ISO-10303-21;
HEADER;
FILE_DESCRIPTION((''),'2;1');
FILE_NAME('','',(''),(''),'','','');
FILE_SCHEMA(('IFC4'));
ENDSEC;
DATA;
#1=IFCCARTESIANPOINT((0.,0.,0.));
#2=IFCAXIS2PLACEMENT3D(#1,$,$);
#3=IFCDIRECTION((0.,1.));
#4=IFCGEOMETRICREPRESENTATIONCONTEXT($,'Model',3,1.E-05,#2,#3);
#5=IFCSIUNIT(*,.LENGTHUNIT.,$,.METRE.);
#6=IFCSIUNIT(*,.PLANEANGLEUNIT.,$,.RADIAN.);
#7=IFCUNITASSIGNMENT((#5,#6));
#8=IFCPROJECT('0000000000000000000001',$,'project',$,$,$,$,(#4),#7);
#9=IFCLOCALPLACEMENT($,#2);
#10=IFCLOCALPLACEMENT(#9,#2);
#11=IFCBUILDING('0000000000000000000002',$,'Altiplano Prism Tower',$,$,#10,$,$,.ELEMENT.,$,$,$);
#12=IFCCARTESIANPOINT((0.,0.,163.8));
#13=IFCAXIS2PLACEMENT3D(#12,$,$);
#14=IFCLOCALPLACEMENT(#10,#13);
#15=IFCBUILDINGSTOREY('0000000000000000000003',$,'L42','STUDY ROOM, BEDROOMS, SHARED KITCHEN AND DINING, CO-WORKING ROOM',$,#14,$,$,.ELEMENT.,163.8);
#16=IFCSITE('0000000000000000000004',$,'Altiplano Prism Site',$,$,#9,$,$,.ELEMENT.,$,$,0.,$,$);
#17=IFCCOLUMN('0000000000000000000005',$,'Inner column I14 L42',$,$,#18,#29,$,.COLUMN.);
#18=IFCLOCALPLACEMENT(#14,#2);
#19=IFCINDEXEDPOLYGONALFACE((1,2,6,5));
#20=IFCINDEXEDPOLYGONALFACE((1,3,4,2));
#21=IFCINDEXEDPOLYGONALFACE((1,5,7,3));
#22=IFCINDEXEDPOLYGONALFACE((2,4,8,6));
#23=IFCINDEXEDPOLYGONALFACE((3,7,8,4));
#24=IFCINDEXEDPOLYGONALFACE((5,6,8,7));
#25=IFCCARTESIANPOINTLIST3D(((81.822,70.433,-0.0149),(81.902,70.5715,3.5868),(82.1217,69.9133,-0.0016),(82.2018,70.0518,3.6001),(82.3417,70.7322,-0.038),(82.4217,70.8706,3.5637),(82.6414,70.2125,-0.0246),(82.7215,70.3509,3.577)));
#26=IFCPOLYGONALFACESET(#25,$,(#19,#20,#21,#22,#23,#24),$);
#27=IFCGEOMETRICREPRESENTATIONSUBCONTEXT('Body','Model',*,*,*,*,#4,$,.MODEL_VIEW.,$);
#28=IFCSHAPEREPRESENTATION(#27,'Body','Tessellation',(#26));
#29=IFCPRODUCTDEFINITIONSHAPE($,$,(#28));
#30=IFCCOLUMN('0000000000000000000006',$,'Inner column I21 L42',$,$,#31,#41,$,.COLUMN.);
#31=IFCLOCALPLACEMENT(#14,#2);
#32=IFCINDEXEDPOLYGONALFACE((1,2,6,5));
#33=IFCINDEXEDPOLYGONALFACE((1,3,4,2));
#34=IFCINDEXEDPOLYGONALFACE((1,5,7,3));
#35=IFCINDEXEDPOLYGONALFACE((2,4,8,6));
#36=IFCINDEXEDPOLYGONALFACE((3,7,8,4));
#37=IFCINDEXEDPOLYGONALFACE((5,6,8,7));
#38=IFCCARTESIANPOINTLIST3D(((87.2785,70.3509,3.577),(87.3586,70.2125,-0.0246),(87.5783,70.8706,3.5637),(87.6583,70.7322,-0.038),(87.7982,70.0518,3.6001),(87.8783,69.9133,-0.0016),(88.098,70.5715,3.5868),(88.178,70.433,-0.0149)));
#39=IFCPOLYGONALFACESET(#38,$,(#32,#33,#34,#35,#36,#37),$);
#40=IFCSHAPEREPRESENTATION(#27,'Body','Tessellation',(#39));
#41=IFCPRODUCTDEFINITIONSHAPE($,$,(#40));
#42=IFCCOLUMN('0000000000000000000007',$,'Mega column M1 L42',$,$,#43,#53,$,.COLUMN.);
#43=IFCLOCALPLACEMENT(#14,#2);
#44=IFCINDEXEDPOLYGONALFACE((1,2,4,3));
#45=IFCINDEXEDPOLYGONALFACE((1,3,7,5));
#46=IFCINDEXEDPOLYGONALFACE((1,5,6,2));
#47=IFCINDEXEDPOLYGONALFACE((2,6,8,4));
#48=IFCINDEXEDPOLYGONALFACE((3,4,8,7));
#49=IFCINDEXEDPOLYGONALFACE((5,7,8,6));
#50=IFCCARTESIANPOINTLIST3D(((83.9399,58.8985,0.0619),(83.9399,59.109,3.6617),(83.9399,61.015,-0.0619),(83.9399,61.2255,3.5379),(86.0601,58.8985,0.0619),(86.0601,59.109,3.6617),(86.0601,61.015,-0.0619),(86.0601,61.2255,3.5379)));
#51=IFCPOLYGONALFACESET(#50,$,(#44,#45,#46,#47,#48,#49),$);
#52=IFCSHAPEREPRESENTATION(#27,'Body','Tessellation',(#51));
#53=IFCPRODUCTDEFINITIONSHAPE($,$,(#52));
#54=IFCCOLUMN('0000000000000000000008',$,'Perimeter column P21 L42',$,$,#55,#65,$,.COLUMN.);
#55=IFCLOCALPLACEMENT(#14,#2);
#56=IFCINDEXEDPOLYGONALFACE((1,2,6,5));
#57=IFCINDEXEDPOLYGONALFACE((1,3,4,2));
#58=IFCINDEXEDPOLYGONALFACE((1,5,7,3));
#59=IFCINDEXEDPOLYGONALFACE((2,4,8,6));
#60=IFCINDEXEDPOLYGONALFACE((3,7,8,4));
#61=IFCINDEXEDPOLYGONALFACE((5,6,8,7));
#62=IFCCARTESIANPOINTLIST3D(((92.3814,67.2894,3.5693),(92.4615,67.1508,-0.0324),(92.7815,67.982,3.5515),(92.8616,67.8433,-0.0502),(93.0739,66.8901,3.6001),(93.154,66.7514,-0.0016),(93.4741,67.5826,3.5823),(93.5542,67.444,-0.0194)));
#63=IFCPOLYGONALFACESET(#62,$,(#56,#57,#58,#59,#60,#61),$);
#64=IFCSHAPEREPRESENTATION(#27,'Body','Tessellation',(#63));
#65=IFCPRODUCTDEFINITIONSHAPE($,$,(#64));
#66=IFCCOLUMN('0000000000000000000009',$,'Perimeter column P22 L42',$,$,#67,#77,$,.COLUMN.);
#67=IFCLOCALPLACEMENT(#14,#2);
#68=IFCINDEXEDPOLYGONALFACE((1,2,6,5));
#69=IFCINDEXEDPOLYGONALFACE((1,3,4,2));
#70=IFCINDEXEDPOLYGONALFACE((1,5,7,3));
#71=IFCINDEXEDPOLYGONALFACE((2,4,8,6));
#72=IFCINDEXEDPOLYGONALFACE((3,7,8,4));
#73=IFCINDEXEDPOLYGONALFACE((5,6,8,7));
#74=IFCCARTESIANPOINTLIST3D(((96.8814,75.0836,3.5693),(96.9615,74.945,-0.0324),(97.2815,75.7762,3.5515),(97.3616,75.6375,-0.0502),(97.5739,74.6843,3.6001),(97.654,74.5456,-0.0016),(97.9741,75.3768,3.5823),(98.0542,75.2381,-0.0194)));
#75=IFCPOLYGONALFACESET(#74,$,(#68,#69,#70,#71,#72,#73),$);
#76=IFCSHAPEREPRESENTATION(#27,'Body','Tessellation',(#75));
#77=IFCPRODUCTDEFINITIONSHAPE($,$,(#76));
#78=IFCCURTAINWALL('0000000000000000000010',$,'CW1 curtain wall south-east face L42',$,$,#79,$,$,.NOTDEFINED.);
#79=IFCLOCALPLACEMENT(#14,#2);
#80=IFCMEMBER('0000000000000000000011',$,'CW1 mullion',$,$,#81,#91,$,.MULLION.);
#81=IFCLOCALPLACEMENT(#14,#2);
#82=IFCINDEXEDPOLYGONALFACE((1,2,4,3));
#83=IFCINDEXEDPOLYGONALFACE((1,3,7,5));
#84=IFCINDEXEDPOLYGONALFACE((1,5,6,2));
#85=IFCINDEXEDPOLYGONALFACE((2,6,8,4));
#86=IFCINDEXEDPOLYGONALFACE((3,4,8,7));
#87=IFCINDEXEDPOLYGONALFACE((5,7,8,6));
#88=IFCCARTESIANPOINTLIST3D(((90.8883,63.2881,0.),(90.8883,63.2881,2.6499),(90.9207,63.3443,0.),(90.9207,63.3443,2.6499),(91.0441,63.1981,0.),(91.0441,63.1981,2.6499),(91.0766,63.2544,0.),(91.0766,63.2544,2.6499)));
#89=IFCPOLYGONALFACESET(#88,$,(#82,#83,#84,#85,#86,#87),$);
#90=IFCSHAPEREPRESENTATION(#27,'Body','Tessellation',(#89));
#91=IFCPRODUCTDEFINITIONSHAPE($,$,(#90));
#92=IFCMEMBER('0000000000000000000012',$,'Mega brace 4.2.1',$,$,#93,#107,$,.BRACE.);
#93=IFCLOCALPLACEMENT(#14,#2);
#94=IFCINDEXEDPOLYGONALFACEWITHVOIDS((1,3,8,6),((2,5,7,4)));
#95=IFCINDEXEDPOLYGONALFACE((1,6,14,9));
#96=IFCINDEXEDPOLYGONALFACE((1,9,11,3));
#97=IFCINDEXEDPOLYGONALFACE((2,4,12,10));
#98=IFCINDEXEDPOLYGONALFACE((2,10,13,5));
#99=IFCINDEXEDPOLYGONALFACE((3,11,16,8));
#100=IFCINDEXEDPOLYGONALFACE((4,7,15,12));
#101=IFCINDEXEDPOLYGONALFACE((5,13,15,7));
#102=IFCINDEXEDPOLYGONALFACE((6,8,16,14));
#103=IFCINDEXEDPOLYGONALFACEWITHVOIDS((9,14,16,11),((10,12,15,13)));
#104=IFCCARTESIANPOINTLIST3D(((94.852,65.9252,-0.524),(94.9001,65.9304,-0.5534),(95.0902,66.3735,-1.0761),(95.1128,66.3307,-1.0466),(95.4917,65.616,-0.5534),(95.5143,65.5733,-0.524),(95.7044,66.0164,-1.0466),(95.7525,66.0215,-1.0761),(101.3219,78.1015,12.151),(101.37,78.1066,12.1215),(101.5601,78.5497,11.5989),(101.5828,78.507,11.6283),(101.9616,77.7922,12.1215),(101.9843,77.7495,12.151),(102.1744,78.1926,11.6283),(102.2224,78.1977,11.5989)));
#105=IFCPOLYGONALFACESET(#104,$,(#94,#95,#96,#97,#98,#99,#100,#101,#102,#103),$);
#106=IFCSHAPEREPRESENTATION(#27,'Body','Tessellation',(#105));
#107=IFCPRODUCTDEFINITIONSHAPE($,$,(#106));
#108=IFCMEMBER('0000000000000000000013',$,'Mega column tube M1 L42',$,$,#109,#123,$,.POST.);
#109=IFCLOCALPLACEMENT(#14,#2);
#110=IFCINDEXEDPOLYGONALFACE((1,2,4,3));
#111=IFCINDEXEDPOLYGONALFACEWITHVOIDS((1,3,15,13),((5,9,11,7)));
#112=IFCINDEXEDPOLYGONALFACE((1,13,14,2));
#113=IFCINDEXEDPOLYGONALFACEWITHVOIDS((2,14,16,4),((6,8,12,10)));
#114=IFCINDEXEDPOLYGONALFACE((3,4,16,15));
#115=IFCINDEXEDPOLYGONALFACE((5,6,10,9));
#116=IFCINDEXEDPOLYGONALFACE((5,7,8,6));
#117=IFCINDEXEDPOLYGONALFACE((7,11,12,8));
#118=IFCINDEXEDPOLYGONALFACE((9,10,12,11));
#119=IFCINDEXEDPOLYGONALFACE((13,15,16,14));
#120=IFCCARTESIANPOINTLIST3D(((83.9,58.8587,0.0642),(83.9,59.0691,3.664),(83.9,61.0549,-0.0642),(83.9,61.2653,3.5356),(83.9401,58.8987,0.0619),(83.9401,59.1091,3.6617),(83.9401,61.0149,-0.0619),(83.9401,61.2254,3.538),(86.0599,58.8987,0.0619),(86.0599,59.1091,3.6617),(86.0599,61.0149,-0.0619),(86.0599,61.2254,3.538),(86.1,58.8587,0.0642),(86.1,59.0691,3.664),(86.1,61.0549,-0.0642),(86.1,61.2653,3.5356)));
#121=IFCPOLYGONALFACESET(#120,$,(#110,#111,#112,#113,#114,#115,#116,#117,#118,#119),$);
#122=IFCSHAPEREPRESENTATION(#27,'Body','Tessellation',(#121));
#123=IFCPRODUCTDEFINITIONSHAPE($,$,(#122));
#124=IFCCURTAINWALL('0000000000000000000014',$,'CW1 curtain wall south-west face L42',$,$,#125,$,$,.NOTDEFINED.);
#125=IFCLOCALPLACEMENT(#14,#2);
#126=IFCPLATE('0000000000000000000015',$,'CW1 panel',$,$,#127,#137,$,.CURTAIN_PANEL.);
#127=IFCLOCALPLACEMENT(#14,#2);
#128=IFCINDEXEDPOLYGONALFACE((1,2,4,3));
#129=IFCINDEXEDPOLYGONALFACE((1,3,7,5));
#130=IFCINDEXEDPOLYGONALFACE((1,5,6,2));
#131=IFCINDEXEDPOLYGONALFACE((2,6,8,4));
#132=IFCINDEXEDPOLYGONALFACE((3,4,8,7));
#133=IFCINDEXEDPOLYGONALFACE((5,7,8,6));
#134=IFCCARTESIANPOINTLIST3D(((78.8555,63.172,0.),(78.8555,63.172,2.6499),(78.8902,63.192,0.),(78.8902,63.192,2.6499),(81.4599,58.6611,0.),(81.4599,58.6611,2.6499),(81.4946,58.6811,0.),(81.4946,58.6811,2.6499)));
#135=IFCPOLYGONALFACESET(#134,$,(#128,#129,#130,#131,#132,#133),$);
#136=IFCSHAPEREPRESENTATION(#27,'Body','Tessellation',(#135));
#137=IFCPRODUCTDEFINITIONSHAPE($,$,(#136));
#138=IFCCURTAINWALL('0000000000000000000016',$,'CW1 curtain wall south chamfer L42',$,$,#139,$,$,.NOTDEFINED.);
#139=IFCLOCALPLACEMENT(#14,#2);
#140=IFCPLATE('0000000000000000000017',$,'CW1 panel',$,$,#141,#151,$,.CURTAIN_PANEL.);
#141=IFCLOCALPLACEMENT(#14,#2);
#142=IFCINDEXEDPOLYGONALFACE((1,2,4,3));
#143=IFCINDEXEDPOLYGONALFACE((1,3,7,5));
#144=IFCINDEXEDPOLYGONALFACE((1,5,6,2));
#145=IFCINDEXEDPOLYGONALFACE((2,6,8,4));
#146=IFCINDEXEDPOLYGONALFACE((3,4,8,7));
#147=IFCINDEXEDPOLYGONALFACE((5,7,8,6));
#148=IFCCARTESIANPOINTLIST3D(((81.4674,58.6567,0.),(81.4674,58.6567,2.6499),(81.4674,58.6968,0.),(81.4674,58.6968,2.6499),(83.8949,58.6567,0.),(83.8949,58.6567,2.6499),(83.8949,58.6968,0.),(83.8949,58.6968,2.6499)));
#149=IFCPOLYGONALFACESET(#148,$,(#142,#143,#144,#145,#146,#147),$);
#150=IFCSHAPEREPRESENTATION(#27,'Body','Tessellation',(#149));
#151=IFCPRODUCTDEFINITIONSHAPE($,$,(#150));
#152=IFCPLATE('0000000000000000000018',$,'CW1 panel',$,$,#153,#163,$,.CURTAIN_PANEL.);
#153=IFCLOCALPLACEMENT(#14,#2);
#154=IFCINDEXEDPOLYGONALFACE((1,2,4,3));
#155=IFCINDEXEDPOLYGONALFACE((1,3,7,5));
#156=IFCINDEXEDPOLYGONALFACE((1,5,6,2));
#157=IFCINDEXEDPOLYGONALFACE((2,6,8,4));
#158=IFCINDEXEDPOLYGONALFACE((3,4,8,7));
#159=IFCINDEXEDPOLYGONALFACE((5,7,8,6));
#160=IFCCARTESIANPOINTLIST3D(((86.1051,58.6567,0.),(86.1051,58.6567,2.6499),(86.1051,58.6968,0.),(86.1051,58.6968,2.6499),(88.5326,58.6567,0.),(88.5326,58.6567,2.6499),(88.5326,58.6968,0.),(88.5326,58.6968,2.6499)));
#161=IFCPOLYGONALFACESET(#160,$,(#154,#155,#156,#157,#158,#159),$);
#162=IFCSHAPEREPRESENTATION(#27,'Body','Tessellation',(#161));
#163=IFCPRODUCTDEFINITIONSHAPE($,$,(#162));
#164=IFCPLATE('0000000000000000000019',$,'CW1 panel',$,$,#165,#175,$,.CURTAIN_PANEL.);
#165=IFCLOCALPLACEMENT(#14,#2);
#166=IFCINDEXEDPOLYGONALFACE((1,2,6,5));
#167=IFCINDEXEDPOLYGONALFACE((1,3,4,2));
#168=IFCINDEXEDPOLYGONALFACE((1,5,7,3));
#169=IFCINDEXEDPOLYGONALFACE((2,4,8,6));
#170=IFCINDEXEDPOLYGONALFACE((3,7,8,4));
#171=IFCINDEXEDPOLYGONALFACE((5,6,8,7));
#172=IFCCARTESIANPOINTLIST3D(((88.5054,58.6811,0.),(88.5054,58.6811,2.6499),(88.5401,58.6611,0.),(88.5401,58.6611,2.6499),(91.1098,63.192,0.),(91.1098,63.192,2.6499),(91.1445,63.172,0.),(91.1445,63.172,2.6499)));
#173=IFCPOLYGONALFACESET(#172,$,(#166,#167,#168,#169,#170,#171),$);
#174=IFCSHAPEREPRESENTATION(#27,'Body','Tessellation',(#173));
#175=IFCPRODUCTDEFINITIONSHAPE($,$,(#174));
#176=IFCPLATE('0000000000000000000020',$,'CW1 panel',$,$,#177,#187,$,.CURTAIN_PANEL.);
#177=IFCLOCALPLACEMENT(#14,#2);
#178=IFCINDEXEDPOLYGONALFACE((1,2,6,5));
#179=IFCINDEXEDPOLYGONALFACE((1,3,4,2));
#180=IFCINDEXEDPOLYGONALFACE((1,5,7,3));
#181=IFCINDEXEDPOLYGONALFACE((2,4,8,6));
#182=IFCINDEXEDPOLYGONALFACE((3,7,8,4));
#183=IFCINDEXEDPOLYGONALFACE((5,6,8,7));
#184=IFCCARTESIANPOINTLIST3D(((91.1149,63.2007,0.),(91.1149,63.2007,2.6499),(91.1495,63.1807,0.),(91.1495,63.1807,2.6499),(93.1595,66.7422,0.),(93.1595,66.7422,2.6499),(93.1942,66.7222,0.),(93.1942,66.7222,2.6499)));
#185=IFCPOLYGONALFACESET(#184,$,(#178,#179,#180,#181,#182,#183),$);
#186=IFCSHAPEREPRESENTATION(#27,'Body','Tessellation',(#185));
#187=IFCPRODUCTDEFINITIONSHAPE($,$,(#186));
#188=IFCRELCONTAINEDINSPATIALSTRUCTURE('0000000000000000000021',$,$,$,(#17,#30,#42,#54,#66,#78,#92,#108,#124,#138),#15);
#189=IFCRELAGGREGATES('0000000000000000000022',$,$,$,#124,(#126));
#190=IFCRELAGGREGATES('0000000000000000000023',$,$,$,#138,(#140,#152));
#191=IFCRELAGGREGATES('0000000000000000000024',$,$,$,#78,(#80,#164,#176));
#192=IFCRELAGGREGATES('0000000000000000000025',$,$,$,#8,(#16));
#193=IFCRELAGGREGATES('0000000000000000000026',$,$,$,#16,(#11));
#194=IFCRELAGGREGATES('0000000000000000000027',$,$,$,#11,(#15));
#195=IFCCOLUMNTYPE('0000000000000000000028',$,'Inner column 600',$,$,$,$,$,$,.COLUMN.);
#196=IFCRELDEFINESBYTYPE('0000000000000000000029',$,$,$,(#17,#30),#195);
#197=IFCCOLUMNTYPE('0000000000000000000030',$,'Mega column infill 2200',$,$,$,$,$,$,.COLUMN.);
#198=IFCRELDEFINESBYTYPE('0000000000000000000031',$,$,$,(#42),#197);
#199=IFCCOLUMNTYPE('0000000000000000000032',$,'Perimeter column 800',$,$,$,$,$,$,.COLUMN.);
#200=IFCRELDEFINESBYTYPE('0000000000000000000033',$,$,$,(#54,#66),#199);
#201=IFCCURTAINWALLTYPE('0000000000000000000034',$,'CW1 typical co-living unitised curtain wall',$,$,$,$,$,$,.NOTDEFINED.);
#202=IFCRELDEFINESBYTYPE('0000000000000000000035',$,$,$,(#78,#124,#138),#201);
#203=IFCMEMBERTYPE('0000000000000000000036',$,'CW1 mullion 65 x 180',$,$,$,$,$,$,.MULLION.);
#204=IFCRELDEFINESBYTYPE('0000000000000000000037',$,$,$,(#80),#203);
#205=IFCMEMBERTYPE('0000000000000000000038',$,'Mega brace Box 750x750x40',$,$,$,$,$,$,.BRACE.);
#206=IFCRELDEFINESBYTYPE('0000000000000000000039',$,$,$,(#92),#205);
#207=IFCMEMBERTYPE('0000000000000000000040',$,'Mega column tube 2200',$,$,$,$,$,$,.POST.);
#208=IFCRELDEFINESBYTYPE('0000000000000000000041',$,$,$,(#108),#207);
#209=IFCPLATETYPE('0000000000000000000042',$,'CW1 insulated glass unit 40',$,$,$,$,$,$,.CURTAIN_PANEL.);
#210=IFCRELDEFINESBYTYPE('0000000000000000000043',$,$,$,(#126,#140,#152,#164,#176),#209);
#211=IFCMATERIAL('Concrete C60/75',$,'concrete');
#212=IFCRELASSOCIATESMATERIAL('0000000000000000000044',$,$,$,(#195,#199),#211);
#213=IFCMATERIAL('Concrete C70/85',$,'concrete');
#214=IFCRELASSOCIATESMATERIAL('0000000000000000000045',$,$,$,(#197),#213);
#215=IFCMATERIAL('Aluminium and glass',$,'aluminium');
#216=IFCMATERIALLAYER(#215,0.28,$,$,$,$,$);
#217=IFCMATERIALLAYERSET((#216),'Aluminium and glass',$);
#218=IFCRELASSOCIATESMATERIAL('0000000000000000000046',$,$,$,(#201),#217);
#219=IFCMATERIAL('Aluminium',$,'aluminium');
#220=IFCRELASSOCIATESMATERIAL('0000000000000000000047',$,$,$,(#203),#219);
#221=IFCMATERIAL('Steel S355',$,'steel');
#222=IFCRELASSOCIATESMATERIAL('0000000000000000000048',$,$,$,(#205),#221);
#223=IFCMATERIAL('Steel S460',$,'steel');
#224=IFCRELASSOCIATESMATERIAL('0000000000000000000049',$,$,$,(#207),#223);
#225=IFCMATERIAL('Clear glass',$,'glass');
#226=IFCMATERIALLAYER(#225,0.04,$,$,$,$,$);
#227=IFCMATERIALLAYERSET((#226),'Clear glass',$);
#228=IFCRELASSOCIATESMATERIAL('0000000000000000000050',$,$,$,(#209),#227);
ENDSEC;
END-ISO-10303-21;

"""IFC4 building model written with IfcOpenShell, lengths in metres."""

from ifc_helpers import new_model, si_unit, direction, frame, origin, origin_2d, place, context, subcontext, project, spatial, rectangle, hollow_rectangle, extrude, material, layer, layer_set, material_profile, profile_set, type_object, element, aggregate, save


model = new_model("IFC4")

# Units and contexts
model_context = context("Model", 3, precision=1e-05, world=origin(), true_north=direction((0.0, 1.0)))
body_context = subcontext(model_context, "Body", "Model", "MODEL_VIEW")
ifc_project = project(units=[si_unit("LENGTHUNIT", "METRE"), si_unit("PLANEANGLEUNIT", "RADIAN")], contexts=[model_context])

# Site, building, storey
site_placement = place(None, origin())
site = spatial("IfcSite", under=ifc_project, at=site_placement, Name="Altiplano Prism Site", CompositionType="ELEMENT", RefElevation=0.0)
building_placement = place(site_placement, origin())
building = spatial("IfcBuilding", under=site, at=building_placement, Name="Altiplano Prism Tower", CompositionType="ELEMENT")
storey_placement = place(building_placement, frame((0.0, 0.0, 163.8)))
storey = spatial("IfcBuildingStorey", under=building, at=storey_placement, Name="L42", Description="STUDY ROOM, BEDROOMS, SHARED KITCHEN AND DINING, CO-WORKING ROOM", CompositionType="ELEMENT", Elevation=163.8)

# Columns
ifc_material_1 = material(Name="Concrete C60/75", Category="concrete")
ifc_material_profile_1 = material_profile(ifc_material_1, rectangle(XDim=0.6001, YDim=0.6001, at=origin_2d()), Name="Inner column 600")
ifc_profile_set_1 = profile_set([ifc_material_profile_1], Name="Concrete C60/75")
column_type_1 = type_object("IfcColumnType", Name="Inner column 600", PredefinedType="COLUMN", material=ifc_profile_set_1)
for number, where, z_axis, x_axis, name in (
    (1, (82.2317, 70.3228, -0.0198), (0.022212, 0.038398, 0.999016), (-0.866022, -0.498528, 0.038417), "Inner column I14 L42"),
    (2, (87.7683, 70.3228, -0.0198), (-0.022212, 0.038398, 0.999016), (-0.499513, -0.866023, 0.02218), "Inner column I21 L42"),
):
    element("IfcColumn", number, at=place(storey_placement, frame(where, z_axis=z_axis, x_axis=x_axis)), inside=storey, type_object=column_type_1, Name=name, PredefinedType="COLUMN", context=body_context, shape_type="SweptSolid", body=[
        extrude(rectangle(XDim=0.6001, YDim=0.6001, at=origin_2d()), origin(), (0.0, 0.0, 1.0), 3.6052),
    ])
ifc_material_2 = material(Name="Concrete C70/85", Category="concrete")
ifc_material_profile_2 = material_profile(ifc_material_2, rectangle(XDim=2.1201, YDim=2.1201, at=origin_2d()), Name="Mega column infill 2200")
ifc_profile_set_2 = profile_set([ifc_material_profile_2], Name="Concrete C70/85")
column_type_2 = type_object("IfcColumnType", Name="Mega column infill 2200", PredefinedType="COLUMN", material=ifc_profile_set_2)
column_placement = place(storey_placement, frame((85.0, 59.9568, 0.0), z_axis=(0.0, 0.058361, 0.998296), x_axis=(-1.0, 0.0, 0.0)))
element("IfcColumn", 3, at=column_placement, inside=storey, type_object=column_type_2, Name="Mega column M1 L42", PredefinedType="COLUMN", context=body_context, shape_type="SweptSolid", body=[
    extrude(rectangle(XDim=2.1201, YDim=2.1201, at=origin_2d()), origin(), (0.0, 0.0, 1.0), 3.606),
])
ifc_material_profile_3 = material_profile(ifc_material_1, rectangle(XDim=0.8, YDim=0.8, at=origin_2d()), Name="Perimeter column 800")
ifc_profile_set_3 = profile_set([ifc_material_profile_3], Name="Concrete C60/75")
column_type_3 = type_object("IfcColumnType", Name="Perimeter column 800", PredefinedType="COLUMN", material=ifc_profile_set_3)
for number, where, z_axis, x_axis, name in (
    (4, (93.0078, 67.2974, -0.0259), (-0.022212, 0.038465, 0.999013), (-0.500174, -0.86564, 0.022209), "Perimeter column P21 L42"),
    (5, (97.5078, 75.0916, -0.0259), (-0.022212, 0.038465, 0.999013), (-0.500174, -0.86564, 0.022209), "Perimeter column P22 L42"),
):
    element("IfcColumn", number, at=place(storey_placement, frame(where, z_axis=z_axis, x_axis=x_axis)), inside=storey, type_object=column_type_3, Name=name, PredefinedType="COLUMN", context=body_context, shape_type="SweptSolid", body=[
        extrude(rectangle(XDim=0.8, YDim=0.8, at=origin_2d()), origin(), (0.0, 0.0, 1.0), 3.6052),
    ])

# Curtain wall, member
ifc_material_3 = material(Name="Aluminium and glass", Category="aluminium")
ifc_layer_1 = layer(ifc_material_3, 0.28)
ifc_layer_set_1 = layer_set([ifc_layer_1], Name="Aluminium and glass")
curtain_wall_type = type_object("IfcCurtainWallType", Name="CW1 typical co-living unitised curtain wall", PredefinedType="NOTDEFINED", material=ifc_layer_set_1)
curtain_wall_1_placement = place(storey_placement, origin())
curtain_wall_1 = element("IfcCurtainWall", 6, at=curtain_wall_1_placement, inside=storey, type_object=curtain_wall_type, Name="CW1 curtain wall south-east face L42", PredefinedType="NOTDEFINED")
ifc_material_4 = material(Name="Aluminium", Category="aluminium")
ifc_material_profile_4 = material_profile(ifc_material_4, rectangle(XDim=0.1799, YDim=0.0649, at=origin_2d()), Name="CW1 mullion 65 x 180")
ifc_profile_set_4 = profile_set([ifc_material_profile_4], Name="Aluminium")
member_type_1 = type_object("IfcMemberType", Name="CW1 mullion 65 x 180", PredefinedType="MULLION", material=ifc_profile_set_4)
member_1_placement = place(storey_placement, frame((90.9824, 63.2712, 0.0), z_axis=(0.0, 0.0, 1.0), x_axis=(-0.866025, 0.5, 0.0)))
member_1 = element("IfcMember", 7, at=member_1_placement, type_object=member_type_1, Name="CW1 mullion", PredefinedType="MULLION", context=body_context, shape_type="SweptSolid", body=[
    extrude(rectangle(XDim=0.1799, YDim=0.0649, at=origin_2d()), origin(), (0.0, 0.0, 1.0), 2.6499),
])

# Members
ifc_material_5 = material(Name="Steel S355", Category="steel")
ifc_material_profile_5 = material_profile(ifc_material_5, hollow_rectangle(XDim=0.75, YDim=0.75, WallThickness=0.04, at=origin_2d()), Name="Mega brace Box 750x750x40")
ifc_profile_set_5 = profile_set([ifc_material_profile_5], Name="Steel S355")
member_type_2 = type_object("IfcMemberType", Name="Mega brace Box 750x750x40", PredefinedType="BRACE", material=ifc_profile_set_5)
member_2_placement = place(storey_placement, frame((95.3022, 65.9734, -0.8), z_axis=(0.34545, 0.650126, 0.676757), x_axis=(-0.883076, 0.46923, 0.0)))
element("IfcMember", 8, at=member_2_placement, inside=storey, type_object=member_type_2, Name="Mega brace 4.2.1", PredefinedType="BRACE", context=body_context, shape_type="SweptSolid", body=[
    extrude(hollow_rectangle(XDim=0.75, YDim=0.75, WallThickness=0.04, at=origin_2d()), origin(), (0.0, 0.0, 1.0), 18.729),
])
ifc_material_6 = material(Name="Steel S460", Category="steel")
ifc_material_profile_6 = material_profile(ifc_material_6, hollow_rectangle(XDim=2.2, YDim=2.2, WallThickness=0.04, at=origin_2d()), Name="Mega column tube 2200")
ifc_profile_set_6 = profile_set([ifc_material_profile_6], Name="Steel S460")
member_type_3 = type_object("IfcMemberType", Name="Mega column tube 2200", PredefinedType="POST", material=ifc_profile_set_6)
member_3_placement = place(storey_placement, frame((85.0, 59.9568, 0.0), z_axis=(0.0, 0.058361, 0.998296), x_axis=(-1.0, 0.0, 0.0)))
element("IfcMember", 9, at=member_3_placement, inside=storey, type_object=member_type_3, Name="Mega column tube M1 L42", PredefinedType="POST", context=body_context, shape_type="SweptSolid", body=[
    extrude(hollow_rectangle(XDim=2.2, YDim=2.2, WallThickness=0.04, at=origin_2d()), origin(), (0.0, 0.0, 1.0), 3.606),
])

# Curtain wall, plate
curtain_wall_2_placement = place(storey_placement, origin())
curtain_wall_2 = element("IfcCurtainWall", 10, at=curtain_wall_2_placement, inside=storey, type_object=curtain_wall_type, Name="CW1 curtain wall south-west face L42", PredefinedType="NOTDEFINED")
ifc_material_7 = material(Name="Clear glass", Category="glass")
ifc_layer_2 = layer(ifc_material_7, 0.04)
ifc_layer_set_2 = layer_set([ifc_layer_2], Name="Clear glass")
plate_type = type_object("IfcPlateType", Name="CW1 insulated glass unit 40", PredefinedType="CURTAIN_PANEL", material=ifc_layer_set_2)
plate_1_placement = place(storey_placement, frame((80.175, 60.9265, 0.0), z_axis=(0.0, 0.0, 1.0), x_axis=(0.5, -0.866025, 0.0)))
plate_1 = element("IfcPlate", 11, at=plate_1_placement, type_object=plate_type, Name="CW1 panel", PredefinedType="CURTAIN_PANEL", context=body_context, shape_type="SweptSolid", body=[
    extrude(rectangle(XDim=5.2087, YDim=0.04, at=origin_2d()), origin(), (0.0, 0.0, 1.0), 2.6499),
])
aggregate(curtain_wall_2, [plate_1])

# Curtain wall, plates
curtain_wall_3_placement = place(storey_placement, origin())
curtain_wall_3 = element("IfcCurtainWall", 12, at=curtain_wall_3_placement, inside=storey, type_object=curtain_wall_type, Name="CW1 curtain wall south chamfer L42", PredefinedType="NOTDEFINED")
plate_2_placement = place(storey_placement, frame((82.6812, 58.6768, 0.0), z_axis=(0.0, 0.0, 1.0), x_axis=(1.0, 0.0, 0.0)))
plate_2 = element("IfcPlate", 13, at=plate_2_placement, type_object=plate_type, Name="CW1 panel", PredefinedType="CURTAIN_PANEL", context=body_context, shape_type="SweptSolid", body=[
    extrude(rectangle(XDim=2.4275, YDim=0.04, at=origin_2d()), origin(), (0.0, 0.0, 1.0), 2.6499),
])
plate_3_placement = place(storey_placement, frame((87.3188, 58.6768, 0.0), z_axis=(0.0, 0.0, 1.0), x_axis=(1.0, 0.0, 0.0)))
plate_3 = element("IfcPlate", 14, at=plate_3_placement, type_object=plate_type, Name="CW1 panel", PredefinedType="CURTAIN_PANEL", context=body_context, shape_type="SweptSolid", body=[
    extrude(rectangle(XDim=2.4275, YDim=0.04, at=origin_2d()), origin(), (0.0, 0.0, 1.0), 2.6499),
])
aggregate(curtain_wall_3, [plate_2, plate_3])

# Plates
plate_4_placement = place(storey_placement, frame((89.825, 60.9265, 0.0), z_axis=(0.0, 0.0, 1.0), x_axis=(0.5, 0.866025, 0.0)))
plate_4 = element("IfcPlate", 15, at=plate_4_placement, type_object=plate_type, Name="CW1 panel", PredefinedType="CURTAIN_PANEL", context=body_context, shape_type="SweptSolid", body=[
    extrude(rectangle(XDim=5.2087, YDim=0.04, at=origin_2d()), origin(), (0.0, 0.0, 1.0), 2.6499),
])
plate_5_placement = place(storey_placement, frame((92.1545, 64.9614, 0.0), z_axis=(0.0, 0.0, 1.0), x_axis=(0.5, 0.866025, 0.0)))
plate_5 = element("IfcPlate", 16, at=plate_5_placement, type_object=plate_type, Name="CW1 panel", PredefinedType="CURTAIN_PANEL", context=body_context, shape_type="SweptSolid", body=[
    extrude(rectangle(XDim=4.0894, YDim=0.04, at=origin_2d()), origin(), (0.0, 0.0, 1.0), 2.6499),
])
aggregate(curtain_wall_1, [member_1, plate_4, plate_5])

save(model, "model.ifc")
